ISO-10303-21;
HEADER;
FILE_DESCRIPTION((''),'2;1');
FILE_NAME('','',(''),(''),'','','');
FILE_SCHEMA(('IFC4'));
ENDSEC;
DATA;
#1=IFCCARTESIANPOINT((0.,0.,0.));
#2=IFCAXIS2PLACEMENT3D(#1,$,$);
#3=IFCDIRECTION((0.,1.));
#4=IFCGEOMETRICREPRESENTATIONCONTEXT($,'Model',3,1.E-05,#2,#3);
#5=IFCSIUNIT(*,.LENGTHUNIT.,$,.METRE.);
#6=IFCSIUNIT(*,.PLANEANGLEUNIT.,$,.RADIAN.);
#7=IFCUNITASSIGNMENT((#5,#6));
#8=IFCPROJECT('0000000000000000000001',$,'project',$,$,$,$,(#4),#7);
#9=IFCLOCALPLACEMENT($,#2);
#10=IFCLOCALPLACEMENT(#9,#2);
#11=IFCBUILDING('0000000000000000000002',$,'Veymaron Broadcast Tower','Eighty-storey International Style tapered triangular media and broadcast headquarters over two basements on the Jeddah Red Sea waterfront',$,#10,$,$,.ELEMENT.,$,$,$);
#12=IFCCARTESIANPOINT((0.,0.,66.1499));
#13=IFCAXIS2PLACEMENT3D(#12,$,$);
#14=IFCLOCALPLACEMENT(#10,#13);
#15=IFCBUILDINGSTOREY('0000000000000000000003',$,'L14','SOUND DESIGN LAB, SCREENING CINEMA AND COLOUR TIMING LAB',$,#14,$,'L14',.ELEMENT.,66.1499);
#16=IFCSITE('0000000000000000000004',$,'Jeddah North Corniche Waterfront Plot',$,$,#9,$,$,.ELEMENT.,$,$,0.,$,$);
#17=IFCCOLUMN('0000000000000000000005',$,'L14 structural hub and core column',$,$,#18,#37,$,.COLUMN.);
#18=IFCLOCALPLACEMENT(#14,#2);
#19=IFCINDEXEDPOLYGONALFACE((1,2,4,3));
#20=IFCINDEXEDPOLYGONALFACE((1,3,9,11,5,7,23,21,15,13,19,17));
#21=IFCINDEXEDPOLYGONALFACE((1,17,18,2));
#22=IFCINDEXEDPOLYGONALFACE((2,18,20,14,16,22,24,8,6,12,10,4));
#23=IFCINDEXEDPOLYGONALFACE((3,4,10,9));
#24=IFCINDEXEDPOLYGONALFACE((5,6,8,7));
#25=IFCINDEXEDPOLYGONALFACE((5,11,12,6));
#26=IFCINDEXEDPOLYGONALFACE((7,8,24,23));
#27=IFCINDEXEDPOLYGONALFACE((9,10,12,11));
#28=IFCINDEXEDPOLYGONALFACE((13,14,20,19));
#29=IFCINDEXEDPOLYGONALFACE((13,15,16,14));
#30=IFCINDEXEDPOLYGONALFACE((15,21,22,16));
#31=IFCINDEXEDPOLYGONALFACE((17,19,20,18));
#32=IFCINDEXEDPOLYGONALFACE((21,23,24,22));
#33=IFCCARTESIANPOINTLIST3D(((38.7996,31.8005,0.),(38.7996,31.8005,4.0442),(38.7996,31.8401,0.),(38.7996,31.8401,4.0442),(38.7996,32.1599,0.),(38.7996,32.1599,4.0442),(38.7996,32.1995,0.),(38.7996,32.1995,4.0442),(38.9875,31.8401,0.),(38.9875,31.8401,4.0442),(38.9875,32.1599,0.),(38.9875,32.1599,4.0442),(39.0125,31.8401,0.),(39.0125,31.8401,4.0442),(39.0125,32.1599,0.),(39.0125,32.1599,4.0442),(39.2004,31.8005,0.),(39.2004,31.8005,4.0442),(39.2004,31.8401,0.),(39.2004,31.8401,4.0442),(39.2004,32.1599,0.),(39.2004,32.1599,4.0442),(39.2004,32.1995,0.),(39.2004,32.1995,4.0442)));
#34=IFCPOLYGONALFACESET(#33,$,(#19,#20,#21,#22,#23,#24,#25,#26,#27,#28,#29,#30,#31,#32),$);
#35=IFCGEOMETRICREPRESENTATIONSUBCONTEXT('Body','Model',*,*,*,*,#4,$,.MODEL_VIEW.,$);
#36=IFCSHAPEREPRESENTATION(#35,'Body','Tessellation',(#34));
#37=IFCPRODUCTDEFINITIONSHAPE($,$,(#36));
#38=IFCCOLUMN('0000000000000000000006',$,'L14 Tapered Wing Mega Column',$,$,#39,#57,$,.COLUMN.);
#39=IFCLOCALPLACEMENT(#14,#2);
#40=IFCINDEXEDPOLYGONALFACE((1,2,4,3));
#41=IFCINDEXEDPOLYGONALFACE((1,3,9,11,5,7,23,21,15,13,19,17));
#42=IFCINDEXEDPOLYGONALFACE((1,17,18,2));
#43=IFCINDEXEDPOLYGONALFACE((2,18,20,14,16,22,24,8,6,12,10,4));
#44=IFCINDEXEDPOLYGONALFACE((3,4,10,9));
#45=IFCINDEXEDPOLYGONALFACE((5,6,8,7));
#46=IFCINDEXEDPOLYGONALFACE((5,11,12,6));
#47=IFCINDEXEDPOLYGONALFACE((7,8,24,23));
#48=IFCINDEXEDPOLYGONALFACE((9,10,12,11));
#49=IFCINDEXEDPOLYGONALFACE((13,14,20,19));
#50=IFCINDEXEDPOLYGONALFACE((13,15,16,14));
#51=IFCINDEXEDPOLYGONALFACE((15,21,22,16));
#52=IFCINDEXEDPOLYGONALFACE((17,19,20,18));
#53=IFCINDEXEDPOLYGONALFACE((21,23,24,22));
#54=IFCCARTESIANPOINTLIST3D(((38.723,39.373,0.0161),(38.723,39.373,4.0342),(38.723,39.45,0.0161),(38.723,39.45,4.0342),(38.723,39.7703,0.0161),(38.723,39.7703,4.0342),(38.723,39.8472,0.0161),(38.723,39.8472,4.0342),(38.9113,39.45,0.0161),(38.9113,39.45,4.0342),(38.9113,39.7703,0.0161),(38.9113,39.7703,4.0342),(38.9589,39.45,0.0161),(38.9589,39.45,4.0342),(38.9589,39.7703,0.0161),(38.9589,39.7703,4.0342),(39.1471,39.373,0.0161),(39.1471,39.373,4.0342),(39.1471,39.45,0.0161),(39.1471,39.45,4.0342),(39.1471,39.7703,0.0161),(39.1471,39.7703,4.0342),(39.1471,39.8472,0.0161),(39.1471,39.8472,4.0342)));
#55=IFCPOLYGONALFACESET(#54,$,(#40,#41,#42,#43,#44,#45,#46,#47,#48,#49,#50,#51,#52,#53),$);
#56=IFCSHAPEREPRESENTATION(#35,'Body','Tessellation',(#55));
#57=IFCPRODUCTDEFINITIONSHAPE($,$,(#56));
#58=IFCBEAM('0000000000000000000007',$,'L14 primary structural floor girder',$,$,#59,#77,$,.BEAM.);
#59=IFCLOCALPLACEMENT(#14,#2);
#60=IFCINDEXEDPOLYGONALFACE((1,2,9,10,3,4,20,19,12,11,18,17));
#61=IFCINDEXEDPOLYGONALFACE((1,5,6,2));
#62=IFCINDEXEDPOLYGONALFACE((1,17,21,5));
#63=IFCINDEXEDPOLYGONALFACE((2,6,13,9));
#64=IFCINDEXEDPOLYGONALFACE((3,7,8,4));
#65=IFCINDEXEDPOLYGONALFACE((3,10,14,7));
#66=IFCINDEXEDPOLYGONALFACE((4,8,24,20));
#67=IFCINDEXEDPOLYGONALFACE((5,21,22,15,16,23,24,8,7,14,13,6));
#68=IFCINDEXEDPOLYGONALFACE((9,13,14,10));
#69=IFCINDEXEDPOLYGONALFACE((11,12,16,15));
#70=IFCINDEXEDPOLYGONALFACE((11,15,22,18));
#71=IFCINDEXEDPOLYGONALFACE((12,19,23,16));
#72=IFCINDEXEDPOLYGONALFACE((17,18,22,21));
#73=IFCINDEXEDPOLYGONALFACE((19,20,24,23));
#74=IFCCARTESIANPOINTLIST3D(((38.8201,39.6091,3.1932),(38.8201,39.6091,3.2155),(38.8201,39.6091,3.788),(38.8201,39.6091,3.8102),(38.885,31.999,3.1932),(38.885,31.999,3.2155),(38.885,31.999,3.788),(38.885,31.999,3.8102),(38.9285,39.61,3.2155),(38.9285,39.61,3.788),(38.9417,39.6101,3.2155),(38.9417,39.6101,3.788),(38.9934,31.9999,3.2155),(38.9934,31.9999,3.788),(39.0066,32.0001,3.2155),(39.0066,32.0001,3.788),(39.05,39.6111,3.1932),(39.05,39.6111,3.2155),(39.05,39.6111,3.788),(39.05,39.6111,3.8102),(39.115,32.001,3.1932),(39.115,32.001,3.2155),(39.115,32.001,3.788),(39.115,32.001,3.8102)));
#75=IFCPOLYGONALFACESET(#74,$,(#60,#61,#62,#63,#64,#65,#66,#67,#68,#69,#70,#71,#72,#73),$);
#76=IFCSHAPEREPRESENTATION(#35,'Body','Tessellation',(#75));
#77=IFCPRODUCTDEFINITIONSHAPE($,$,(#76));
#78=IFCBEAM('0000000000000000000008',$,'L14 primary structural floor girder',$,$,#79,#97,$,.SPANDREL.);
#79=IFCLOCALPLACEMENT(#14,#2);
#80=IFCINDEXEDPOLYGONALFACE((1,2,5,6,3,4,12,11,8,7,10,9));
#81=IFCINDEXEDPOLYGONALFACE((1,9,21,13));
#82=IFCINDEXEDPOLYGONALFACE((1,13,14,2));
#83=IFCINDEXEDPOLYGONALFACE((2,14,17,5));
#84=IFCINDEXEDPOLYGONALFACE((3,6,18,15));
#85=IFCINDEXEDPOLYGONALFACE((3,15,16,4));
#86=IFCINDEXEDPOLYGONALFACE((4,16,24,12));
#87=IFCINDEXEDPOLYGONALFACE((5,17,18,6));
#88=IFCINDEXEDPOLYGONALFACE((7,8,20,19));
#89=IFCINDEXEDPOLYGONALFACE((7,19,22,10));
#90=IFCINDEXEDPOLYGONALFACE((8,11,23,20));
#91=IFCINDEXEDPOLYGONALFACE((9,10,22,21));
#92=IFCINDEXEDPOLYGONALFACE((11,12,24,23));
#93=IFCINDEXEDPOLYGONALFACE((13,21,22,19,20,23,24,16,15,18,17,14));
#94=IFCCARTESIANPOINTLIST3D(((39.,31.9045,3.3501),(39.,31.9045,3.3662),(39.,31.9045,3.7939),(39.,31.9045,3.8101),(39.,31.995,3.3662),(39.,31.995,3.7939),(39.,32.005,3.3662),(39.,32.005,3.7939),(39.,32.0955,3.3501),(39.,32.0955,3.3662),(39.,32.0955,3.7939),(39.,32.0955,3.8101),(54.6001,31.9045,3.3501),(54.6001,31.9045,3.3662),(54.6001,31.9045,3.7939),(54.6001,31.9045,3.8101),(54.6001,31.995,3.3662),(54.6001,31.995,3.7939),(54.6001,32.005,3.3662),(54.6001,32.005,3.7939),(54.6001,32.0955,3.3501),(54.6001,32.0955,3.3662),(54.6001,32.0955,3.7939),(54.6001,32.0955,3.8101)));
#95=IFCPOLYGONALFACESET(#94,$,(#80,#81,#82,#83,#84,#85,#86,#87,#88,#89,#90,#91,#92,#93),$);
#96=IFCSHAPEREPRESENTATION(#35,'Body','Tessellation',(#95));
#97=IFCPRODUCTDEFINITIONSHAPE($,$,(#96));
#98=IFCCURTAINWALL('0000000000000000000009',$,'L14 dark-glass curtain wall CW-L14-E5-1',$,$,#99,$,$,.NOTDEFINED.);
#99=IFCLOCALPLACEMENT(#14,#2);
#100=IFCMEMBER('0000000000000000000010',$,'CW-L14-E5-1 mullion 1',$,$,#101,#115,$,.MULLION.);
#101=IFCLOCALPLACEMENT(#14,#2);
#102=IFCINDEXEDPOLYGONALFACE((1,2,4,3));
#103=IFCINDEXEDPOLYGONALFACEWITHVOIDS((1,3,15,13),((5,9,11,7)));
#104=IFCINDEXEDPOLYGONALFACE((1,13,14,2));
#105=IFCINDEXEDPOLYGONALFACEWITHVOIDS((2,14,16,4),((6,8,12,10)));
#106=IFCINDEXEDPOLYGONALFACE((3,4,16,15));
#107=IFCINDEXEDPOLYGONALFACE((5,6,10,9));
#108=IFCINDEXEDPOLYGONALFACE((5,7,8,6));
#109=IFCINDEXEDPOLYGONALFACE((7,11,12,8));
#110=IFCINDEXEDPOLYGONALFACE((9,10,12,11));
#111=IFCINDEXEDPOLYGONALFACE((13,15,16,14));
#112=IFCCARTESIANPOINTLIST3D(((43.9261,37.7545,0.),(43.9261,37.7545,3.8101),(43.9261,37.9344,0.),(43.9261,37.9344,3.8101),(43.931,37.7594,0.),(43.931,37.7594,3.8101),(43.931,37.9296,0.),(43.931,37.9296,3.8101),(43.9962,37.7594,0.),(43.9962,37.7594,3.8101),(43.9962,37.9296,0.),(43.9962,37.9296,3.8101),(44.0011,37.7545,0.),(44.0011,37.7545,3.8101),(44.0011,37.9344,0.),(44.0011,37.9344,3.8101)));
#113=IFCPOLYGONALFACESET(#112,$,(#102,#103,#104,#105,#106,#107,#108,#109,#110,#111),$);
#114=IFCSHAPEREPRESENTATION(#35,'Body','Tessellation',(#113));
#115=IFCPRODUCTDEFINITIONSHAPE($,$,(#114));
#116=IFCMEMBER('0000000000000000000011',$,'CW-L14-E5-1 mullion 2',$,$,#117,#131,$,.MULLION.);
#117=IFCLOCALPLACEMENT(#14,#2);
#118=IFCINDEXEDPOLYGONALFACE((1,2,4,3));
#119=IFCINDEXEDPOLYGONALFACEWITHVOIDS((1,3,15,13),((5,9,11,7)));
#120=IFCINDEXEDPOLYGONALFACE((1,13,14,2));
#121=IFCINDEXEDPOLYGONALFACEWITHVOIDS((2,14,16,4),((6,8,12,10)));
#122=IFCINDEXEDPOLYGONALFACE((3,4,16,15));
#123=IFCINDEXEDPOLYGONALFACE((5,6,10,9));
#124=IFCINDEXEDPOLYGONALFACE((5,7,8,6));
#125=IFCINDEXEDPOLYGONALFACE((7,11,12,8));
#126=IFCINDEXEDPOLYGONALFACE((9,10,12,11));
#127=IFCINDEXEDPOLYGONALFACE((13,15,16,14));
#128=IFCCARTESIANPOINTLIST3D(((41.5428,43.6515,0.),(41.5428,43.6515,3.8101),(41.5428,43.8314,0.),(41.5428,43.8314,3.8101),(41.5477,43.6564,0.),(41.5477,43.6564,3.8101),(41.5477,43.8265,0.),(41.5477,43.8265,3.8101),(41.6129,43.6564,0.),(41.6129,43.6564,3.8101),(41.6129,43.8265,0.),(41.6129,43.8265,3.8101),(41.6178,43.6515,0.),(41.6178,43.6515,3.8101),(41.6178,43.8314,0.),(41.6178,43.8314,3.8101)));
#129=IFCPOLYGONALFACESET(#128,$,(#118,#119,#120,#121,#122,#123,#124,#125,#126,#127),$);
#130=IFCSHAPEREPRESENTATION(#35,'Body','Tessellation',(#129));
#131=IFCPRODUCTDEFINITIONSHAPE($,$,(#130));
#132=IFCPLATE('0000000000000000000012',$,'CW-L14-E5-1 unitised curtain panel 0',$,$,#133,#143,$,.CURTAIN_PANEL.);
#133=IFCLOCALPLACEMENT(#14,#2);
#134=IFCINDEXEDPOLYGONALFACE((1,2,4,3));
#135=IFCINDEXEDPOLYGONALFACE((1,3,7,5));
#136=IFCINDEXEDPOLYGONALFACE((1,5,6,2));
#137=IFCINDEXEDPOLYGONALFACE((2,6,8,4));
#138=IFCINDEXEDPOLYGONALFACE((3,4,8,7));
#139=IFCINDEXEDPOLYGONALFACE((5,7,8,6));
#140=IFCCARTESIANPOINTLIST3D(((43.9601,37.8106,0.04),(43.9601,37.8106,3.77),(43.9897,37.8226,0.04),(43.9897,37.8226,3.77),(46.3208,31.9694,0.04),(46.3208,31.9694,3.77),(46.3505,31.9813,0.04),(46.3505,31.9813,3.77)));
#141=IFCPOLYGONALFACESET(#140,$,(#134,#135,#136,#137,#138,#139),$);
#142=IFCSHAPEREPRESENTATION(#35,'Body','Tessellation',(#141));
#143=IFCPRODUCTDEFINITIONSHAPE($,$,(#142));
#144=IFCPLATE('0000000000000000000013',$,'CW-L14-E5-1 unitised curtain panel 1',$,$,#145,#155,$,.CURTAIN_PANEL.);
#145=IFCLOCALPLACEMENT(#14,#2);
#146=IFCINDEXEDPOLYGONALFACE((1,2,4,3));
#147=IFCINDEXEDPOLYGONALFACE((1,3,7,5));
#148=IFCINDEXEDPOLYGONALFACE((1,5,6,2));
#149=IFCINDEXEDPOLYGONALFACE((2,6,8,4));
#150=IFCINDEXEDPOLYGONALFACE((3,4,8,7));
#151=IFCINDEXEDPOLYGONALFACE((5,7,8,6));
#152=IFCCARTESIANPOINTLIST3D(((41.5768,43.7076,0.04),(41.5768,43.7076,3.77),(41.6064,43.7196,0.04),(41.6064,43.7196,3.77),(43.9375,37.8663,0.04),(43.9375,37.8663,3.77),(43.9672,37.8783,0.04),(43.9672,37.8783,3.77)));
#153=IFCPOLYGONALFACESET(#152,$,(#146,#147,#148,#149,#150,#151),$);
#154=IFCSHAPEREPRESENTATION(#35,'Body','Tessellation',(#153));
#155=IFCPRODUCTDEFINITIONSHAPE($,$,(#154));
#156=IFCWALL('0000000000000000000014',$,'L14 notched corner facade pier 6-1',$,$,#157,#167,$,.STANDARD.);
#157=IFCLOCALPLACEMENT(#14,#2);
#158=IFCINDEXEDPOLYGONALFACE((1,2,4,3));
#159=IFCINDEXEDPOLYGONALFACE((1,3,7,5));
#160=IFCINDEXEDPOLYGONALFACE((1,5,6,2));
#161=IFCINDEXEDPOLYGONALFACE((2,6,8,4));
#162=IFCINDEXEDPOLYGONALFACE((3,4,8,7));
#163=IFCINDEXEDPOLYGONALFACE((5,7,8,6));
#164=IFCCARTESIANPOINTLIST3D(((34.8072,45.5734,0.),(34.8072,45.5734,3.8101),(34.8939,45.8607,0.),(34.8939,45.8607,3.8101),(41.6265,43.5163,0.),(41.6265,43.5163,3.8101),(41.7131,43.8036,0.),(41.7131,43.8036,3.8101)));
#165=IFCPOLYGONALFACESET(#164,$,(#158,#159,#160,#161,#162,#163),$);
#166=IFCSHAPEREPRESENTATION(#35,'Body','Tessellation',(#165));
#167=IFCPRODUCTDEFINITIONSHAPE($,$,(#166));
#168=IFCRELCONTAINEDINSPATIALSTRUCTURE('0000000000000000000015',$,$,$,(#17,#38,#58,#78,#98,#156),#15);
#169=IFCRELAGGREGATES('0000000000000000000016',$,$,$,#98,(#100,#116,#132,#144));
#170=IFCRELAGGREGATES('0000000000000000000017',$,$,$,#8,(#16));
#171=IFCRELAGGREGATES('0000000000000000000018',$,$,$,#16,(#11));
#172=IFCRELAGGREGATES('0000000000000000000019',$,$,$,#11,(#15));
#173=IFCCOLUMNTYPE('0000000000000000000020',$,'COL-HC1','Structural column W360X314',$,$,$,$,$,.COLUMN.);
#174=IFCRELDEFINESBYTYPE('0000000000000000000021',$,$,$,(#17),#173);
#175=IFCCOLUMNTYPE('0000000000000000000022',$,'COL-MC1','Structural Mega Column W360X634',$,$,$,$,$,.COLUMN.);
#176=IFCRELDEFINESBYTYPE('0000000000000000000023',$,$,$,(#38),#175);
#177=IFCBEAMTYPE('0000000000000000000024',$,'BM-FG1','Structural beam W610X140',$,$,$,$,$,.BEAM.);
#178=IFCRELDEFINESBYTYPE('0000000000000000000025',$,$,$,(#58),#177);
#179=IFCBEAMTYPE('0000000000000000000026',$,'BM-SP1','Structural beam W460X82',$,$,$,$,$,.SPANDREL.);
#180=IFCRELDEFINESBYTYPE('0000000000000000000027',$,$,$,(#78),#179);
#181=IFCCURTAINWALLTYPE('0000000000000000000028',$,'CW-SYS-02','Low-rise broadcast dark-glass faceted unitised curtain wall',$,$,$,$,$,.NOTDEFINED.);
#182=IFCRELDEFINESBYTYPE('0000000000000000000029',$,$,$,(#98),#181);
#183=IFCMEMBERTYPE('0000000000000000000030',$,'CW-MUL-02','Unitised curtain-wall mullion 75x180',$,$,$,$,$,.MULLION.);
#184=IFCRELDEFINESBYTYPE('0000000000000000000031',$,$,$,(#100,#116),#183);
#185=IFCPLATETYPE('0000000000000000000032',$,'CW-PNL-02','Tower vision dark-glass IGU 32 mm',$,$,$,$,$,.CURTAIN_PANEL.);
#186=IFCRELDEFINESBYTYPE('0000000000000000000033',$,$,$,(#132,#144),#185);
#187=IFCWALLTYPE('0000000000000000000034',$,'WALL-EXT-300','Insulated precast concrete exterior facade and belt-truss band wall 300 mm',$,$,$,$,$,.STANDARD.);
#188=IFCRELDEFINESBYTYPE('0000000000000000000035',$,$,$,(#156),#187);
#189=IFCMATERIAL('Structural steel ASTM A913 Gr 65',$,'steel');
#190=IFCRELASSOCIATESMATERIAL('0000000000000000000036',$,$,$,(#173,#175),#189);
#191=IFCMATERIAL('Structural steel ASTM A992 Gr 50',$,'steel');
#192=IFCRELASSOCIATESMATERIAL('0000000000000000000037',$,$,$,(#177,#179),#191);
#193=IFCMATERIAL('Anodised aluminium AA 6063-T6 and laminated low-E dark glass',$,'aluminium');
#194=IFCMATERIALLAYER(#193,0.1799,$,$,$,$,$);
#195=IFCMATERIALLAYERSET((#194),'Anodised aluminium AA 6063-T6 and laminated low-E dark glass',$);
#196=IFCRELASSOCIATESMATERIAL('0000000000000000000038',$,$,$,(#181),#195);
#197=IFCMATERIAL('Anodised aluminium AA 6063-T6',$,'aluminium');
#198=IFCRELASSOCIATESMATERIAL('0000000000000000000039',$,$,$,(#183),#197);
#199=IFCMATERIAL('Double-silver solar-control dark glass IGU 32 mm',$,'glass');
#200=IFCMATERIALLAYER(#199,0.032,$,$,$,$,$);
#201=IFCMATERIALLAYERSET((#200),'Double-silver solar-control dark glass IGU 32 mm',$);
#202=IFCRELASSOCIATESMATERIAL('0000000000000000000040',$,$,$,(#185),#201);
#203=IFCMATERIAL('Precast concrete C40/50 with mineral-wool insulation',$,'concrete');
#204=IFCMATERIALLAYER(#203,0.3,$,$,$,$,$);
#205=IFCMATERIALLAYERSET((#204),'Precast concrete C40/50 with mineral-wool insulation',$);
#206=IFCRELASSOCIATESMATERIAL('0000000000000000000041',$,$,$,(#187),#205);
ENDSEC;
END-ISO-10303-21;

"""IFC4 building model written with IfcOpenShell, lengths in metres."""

from ifc_helpers import new_model, si_unit, direction, frame, frame_2d, origin, origin_2d, place, context, subcontext, project, spatial, rectangle, hollow_rectangle, i_section, extrude, material, layer, layer_set, material_profile, profile_set, type_object, element, aggregate, save


model = new_model("IFC4")

# Units and contexts
model_context = context("Model", 3, precision=1e-05, world=origin(), true_north=direction((0.0, 1.0)))
body_context = subcontext(model_context, "Body", "Model", "MODEL_VIEW")
ifc_project = project(units=[si_unit("LENGTHUNIT", "METRE"), si_unit("PLANEANGLEUNIT", "RADIAN")], contexts=[model_context])

# Site, building, storey
site_placement = place(None, origin())
site = spatial("IfcSite", under=ifc_project, at=site_placement, Name="Jeddah North Corniche Waterfront Plot", CompositionType="ELEMENT", RefElevation=0.0)
building_placement = place(site_placement, origin())
building = spatial("IfcBuilding", under=site, at=building_placement, Name="Veymaron Broadcast Tower", Description="Eighty-storey International Style tapered triangular media and broadcast headquarters over two basements on the Jeddah Red Sea waterfront", CompositionType="ELEMENT")
storey_placement = place(building_placement, frame((0.0, 0.0, 66.1499)))
storey = spatial("IfcBuildingStorey", under=building, at=storey_placement, Name="L14", Description="SOUND DESIGN LAB, SCREENING CINEMA AND COLOUR TIMING LAB", LongName="L14", CompositionType="ELEMENT", Elevation=66.1499)

# Columns
ifc_material_1 = material(Name="Structural steel ASTM A913 Gr 65", Category="steel")
ifc_material_profile_1 = material_profile(ifc_material_1, i_section(OverallWidth=0.4009, OverallDepth=0.3989, WebThickness=0.0249, FlangeThickness=0.0396, at=origin_2d()), Name="W360X314")
ifc_profile_set_1 = profile_set([ifc_material_profile_1], Name="Structural steel ASTM A913 Gr 65")
column_type_1 = type_object("IfcColumnType", Name="COL-HC1", Description="Structural column W360X314", PredefinedType="COLUMN", material=ifc_profile_set_1)
column_1_placement = place(storey_placement, frame((39.0, 32.0, 0.0), z_axis=(0.0, 0.0, 1.0), x_axis=(1.0, 0.0, 0.0)))
element("IfcColumn", 1, at=column_1_placement, inside=storey, type_object=column_type_1, Name="L14 structural hub and core column", PredefinedType="COLUMN", context=body_context, shape_type="SweptSolid", body=[
    extrude(i_section(OverallWidth=0.4009, OverallDepth=0.3989, WebThickness=0.0249, FlangeThickness=0.0396, at=origin_2d()), origin(), (0.0, 0.0, 1.0), 4.0442),
])
ifc_material_profile_2 = material_profile(ifc_material_1, i_section(OverallWidth=0.4241, OverallDepth=0.4741, WebThickness=0.0476, FlangeThickness=0.0769, at=origin_2d()), Name="W360X634")
ifc_profile_set_2 = profile_set([ifc_material_profile_2], Name="Structural steel ASTM A913 Gr 65")
column_type_2 = type_object("IfcColumnType", Name="COL-MC1", Description="Structural Mega Column W360X634", PredefinedType="COLUMN", material=ifc_profile_set_2)
column_2_placement = place(storey_placement, frame((38.9351, 39.6101, 0.0161), z_axis=(0.0, 0.0, 1.0), x_axis=(1.0, 0.0, 0.0)))
element("IfcColumn", 2, at=column_2_placement, inside=storey, type_object=column_type_2, Name="L14 Tapered Wing Mega Column", PredefinedType="COLUMN", context=body_context, shape_type="SweptSolid", body=[
    extrude(i_section(OverallWidth=0.4241, OverallDepth=0.4741, WebThickness=0.0476, FlangeThickness=0.0769, at=origin_2d()), origin(), (0.0, 0.0, 1.0), 4.0181),
])

# Beams
ifc_material_2 = material(Name="Structural steel ASTM A992 Gr 50", Category="steel")
ifc_material_profile_3 = material_profile(ifc_material_2, i_section(OverallWidth=0.23, OverallDepth=0.6169, WebThickness=0.0132, FlangeThickness=0.0222, at=origin_2d()), Name="W610X140")
ifc_profile_set_3 = profile_set([ifc_material_profile_3], Name="Structural steel ASTM A992 Gr 50")
beam_type_1 = type_object("IfcBeamType", Name="BM-FG1", Description="Structural beam W610X140", PredefinedType="BEAM", material=ifc_profile_set_3)
beam_1_placement = place(storey_placement, frame((39.0, 32.0, 3.5017), z_axis=(-0.008533, 0.999964, 0.0), x_axis=(-0.999964, -0.008533, 0.0)))
element("IfcBeam", 3, at=beam_1_placement, inside=storey, type_object=beam_type_1, Name="L14 primary structural floor girder", PredefinedType="BEAM", context=body_context, shape_type="SweptSolid", body=[
    extrude(i_section(OverallWidth=0.23, OverallDepth=0.6169, WebThickness=0.0132, FlangeThickness=0.0222, at=origin_2d()), origin(), (0.0, 0.0, 1.0), 7.6104),
])
ifc_material_profile_4 = material_profile(ifc_material_2, i_section(OverallWidth=0.1909, OverallDepth=0.46, WebThickness=0.01, FlangeThickness=0.0161, at=origin_2d()), Name="W460X82")
ifc_profile_set_4 = profile_set([ifc_material_profile_4], Name="Structural steel ASTM A992 Gr 50")
beam_type_2 = type_object("IfcBeamType", Name="BM-SP1", Description="Structural beam W460X82", PredefinedType="SPANDREL", material=ifc_profile_set_4)
beam_2_placement = place(storey_placement, frame((39.0, 32.0, 3.5801), z_axis=(1.0, 0.0, 0.0), x_axis=(0.0, 1.0, 0.0)))
element("IfcBeam", 4, at=beam_2_placement, inside=storey, type_object=beam_type_2, Name="L14 primary structural floor girder", PredefinedType="SPANDREL", context=body_context, shape_type="SweptSolid", body=[
    extrude(i_section(OverallWidth=0.1909, OverallDepth=0.46, WebThickness=0.01, FlangeThickness=0.0161, at=origin_2d()), origin(), (0.0, 0.0, 1.0), 15.6001),
])

# Curtain wall, members, plates
ifc_material_3 = material(Name="Anodised aluminium AA 6063-T6 and laminated low-E dark glass", Category="aluminium")
ifc_layer_1 = layer(ifc_material_3, 0.1799)
ifc_layer_set_1 = layer_set([ifc_layer_1], Name="Anodised aluminium AA 6063-T6 and laminated low-E dark glass")
curtain_wall_type = type_object("IfcCurtainWallType", Name="CW-SYS-02", Description="Low-rise broadcast dark-glass faceted unitised curtain wall", PredefinedType="NOTDEFINED", material=ifc_layer_set_1)
curtain_wall_placement = place(storey_placement, origin())
curtain_wall = element("IfcCurtainWall", 5, at=curtain_wall_placement, inside=storey, type_object=curtain_wall_type, Name="L14 dark-glass curtain wall CW-L14-E5-1", PredefinedType="NOTDEFINED")
ifc_material_4 = material(Name="Anodised aluminium AA 6063-T6", Category="aluminium")
ifc_material_profile_5 = material_profile(ifc_material_4, hollow_rectangle(XDim=0.075, YDim=0.1799, WallThickness=0.0049, at=origin_2d()), Name="AL180X75X5")
ifc_profile_set_5 = profile_set([ifc_material_profile_5], Name="Anodised aluminium AA 6063-T6")
member_type = type_object("IfcMemberType", Name="CW-MUL-02", Description="Unitised curtain-wall mullion 75x180", PredefinedType="MULLION", material=ifc_profile_set_5)
member_1_placement = place(storey_placement, frame((43.9636, 37.8445, 0.0), z_axis=(0.0, 0.0, 1.0), x_axis=(1.0, 0.0, 0.0)))
member_1 = element("IfcMember", 6, at=member_1_placement, type_object=member_type, Name="CW-L14-E5-1 mullion 1", PredefinedType="MULLION", context=body_context, shape_type="SweptSolid", body=[
    extrude(hollow_rectangle(XDim=0.075, YDim=0.1799, WallThickness=0.0049, at=origin_2d()), origin(), (0.0, 0.0, 1.0), 3.8101),
])
member_2_placement = place(storey_placement, frame((41.5803, 43.7415, 0.0), z_axis=(0.0, 0.0, 1.0), x_axis=(1.0, 0.0, 0.0)))
member_2 = element("IfcMember", 7, at=member_2_placement, type_object=member_type, Name="CW-L14-E5-1 mullion 2", PredefinedType="MULLION", context=body_context, shape_type="SweptSolid", body=[
    extrude(hollow_rectangle(XDim=0.075, YDim=0.1799, WallThickness=0.0049, at=origin_2d()), origin(), (0.0, 0.0, 1.0), 3.8101),
])
ifc_material_5 = material(Name="Double-silver solar-control dark glass IGU 32 mm", Category="glass")
ifc_layer_2 = layer(ifc_material_5, 0.032)
ifc_layer_set_2 = layer_set([ifc_layer_2], Name="Double-silver solar-control dark glass IGU 32 mm")
plate_type = type_object("IfcPlateType", Name="CW-PNL-02", Description="Tower vision dark-glass IGU 32 mm", PredefinedType="CURTAIN_PANEL", material=ifc_layer_set_2)
plate_1_placement = place(storey_placement, frame((45.1553, 34.896, 0.04), z_axis=(0.0, 0.0, 1.0), x_axis=(-0.374704, 0.927145, 0.0)))
plate_1 = element("IfcPlate", 8, at=plate_1_placement, type_object=plate_type, Name="CW-L14-E5-1 unitised curtain panel 0", PredefinedType="CURTAIN_PANEL", context=body_context, shape_type="SweptSolid", body=[
    extrude(rectangle(XDim=6.3003, YDim=0.032, at=origin_2d()), origin(), (0.0, 0.0, 1.0), 3.73),
])
plate_2_placement = place(storey_placement, frame((42.772, 40.793, 0.04), z_axis=(0.0, 0.0, 1.0), x_axis=(-0.374704, 0.927145, 0.0)))
plate_2 = element("IfcPlate", 9, at=plate_2_placement, type_object=plate_type, Name="CW-L14-E5-1 unitised curtain panel 1", PredefinedType="CURTAIN_PANEL", context=body_context, shape_type="SweptSolid", body=[
    extrude(rectangle(XDim=6.3003, YDim=0.032, at=origin_2d()), origin(), (0.0, 0.0, 1.0), 3.73),
])
aggregate(curtain_wall, [member_1, member_2, plate_1, plate_2])

# Wall
ifc_material_6 = material(Name="Precast concrete C40/50 with mineral-wool insulation", Category="concrete")
ifc_layer_3 = layer(ifc_material_6, 0.3)
ifc_layer_set_3 = layer_set([ifc_layer_3], Name="Precast concrete C40/50 with mineral-wool insulation")
wall_type_1 = type_object("IfcWallType", Name="WALL-EXT-300", Description="Insulated precast concrete exterior facade and belt-truss band wall 300 mm", PredefinedType="STANDARD", material=ifc_layer_set_3)
wall_1_placement = place(storey_placement, frame((41.6699, 43.6599, 0.0), z_axis=(0.0, 0.0, 1.0), x_axis=(-0.957387, 0.288807, 0.0)))
element("IfcWall", 10, at=wall_1_placement, inside=storey, type_object=wall_type_1, Name="L14 notched corner facade pier 6-1", PredefinedType="STANDARD", context=body_context, shape_type="SweptSolid", body=[
    extrude(rectangle(XDim=7.1228, YDim=0.3, at=frame_2d((3.5615, 0.0))), origin(), (0.0, 0.0, 1.0), 3.8101),
])

save(model, "model.ifc")
